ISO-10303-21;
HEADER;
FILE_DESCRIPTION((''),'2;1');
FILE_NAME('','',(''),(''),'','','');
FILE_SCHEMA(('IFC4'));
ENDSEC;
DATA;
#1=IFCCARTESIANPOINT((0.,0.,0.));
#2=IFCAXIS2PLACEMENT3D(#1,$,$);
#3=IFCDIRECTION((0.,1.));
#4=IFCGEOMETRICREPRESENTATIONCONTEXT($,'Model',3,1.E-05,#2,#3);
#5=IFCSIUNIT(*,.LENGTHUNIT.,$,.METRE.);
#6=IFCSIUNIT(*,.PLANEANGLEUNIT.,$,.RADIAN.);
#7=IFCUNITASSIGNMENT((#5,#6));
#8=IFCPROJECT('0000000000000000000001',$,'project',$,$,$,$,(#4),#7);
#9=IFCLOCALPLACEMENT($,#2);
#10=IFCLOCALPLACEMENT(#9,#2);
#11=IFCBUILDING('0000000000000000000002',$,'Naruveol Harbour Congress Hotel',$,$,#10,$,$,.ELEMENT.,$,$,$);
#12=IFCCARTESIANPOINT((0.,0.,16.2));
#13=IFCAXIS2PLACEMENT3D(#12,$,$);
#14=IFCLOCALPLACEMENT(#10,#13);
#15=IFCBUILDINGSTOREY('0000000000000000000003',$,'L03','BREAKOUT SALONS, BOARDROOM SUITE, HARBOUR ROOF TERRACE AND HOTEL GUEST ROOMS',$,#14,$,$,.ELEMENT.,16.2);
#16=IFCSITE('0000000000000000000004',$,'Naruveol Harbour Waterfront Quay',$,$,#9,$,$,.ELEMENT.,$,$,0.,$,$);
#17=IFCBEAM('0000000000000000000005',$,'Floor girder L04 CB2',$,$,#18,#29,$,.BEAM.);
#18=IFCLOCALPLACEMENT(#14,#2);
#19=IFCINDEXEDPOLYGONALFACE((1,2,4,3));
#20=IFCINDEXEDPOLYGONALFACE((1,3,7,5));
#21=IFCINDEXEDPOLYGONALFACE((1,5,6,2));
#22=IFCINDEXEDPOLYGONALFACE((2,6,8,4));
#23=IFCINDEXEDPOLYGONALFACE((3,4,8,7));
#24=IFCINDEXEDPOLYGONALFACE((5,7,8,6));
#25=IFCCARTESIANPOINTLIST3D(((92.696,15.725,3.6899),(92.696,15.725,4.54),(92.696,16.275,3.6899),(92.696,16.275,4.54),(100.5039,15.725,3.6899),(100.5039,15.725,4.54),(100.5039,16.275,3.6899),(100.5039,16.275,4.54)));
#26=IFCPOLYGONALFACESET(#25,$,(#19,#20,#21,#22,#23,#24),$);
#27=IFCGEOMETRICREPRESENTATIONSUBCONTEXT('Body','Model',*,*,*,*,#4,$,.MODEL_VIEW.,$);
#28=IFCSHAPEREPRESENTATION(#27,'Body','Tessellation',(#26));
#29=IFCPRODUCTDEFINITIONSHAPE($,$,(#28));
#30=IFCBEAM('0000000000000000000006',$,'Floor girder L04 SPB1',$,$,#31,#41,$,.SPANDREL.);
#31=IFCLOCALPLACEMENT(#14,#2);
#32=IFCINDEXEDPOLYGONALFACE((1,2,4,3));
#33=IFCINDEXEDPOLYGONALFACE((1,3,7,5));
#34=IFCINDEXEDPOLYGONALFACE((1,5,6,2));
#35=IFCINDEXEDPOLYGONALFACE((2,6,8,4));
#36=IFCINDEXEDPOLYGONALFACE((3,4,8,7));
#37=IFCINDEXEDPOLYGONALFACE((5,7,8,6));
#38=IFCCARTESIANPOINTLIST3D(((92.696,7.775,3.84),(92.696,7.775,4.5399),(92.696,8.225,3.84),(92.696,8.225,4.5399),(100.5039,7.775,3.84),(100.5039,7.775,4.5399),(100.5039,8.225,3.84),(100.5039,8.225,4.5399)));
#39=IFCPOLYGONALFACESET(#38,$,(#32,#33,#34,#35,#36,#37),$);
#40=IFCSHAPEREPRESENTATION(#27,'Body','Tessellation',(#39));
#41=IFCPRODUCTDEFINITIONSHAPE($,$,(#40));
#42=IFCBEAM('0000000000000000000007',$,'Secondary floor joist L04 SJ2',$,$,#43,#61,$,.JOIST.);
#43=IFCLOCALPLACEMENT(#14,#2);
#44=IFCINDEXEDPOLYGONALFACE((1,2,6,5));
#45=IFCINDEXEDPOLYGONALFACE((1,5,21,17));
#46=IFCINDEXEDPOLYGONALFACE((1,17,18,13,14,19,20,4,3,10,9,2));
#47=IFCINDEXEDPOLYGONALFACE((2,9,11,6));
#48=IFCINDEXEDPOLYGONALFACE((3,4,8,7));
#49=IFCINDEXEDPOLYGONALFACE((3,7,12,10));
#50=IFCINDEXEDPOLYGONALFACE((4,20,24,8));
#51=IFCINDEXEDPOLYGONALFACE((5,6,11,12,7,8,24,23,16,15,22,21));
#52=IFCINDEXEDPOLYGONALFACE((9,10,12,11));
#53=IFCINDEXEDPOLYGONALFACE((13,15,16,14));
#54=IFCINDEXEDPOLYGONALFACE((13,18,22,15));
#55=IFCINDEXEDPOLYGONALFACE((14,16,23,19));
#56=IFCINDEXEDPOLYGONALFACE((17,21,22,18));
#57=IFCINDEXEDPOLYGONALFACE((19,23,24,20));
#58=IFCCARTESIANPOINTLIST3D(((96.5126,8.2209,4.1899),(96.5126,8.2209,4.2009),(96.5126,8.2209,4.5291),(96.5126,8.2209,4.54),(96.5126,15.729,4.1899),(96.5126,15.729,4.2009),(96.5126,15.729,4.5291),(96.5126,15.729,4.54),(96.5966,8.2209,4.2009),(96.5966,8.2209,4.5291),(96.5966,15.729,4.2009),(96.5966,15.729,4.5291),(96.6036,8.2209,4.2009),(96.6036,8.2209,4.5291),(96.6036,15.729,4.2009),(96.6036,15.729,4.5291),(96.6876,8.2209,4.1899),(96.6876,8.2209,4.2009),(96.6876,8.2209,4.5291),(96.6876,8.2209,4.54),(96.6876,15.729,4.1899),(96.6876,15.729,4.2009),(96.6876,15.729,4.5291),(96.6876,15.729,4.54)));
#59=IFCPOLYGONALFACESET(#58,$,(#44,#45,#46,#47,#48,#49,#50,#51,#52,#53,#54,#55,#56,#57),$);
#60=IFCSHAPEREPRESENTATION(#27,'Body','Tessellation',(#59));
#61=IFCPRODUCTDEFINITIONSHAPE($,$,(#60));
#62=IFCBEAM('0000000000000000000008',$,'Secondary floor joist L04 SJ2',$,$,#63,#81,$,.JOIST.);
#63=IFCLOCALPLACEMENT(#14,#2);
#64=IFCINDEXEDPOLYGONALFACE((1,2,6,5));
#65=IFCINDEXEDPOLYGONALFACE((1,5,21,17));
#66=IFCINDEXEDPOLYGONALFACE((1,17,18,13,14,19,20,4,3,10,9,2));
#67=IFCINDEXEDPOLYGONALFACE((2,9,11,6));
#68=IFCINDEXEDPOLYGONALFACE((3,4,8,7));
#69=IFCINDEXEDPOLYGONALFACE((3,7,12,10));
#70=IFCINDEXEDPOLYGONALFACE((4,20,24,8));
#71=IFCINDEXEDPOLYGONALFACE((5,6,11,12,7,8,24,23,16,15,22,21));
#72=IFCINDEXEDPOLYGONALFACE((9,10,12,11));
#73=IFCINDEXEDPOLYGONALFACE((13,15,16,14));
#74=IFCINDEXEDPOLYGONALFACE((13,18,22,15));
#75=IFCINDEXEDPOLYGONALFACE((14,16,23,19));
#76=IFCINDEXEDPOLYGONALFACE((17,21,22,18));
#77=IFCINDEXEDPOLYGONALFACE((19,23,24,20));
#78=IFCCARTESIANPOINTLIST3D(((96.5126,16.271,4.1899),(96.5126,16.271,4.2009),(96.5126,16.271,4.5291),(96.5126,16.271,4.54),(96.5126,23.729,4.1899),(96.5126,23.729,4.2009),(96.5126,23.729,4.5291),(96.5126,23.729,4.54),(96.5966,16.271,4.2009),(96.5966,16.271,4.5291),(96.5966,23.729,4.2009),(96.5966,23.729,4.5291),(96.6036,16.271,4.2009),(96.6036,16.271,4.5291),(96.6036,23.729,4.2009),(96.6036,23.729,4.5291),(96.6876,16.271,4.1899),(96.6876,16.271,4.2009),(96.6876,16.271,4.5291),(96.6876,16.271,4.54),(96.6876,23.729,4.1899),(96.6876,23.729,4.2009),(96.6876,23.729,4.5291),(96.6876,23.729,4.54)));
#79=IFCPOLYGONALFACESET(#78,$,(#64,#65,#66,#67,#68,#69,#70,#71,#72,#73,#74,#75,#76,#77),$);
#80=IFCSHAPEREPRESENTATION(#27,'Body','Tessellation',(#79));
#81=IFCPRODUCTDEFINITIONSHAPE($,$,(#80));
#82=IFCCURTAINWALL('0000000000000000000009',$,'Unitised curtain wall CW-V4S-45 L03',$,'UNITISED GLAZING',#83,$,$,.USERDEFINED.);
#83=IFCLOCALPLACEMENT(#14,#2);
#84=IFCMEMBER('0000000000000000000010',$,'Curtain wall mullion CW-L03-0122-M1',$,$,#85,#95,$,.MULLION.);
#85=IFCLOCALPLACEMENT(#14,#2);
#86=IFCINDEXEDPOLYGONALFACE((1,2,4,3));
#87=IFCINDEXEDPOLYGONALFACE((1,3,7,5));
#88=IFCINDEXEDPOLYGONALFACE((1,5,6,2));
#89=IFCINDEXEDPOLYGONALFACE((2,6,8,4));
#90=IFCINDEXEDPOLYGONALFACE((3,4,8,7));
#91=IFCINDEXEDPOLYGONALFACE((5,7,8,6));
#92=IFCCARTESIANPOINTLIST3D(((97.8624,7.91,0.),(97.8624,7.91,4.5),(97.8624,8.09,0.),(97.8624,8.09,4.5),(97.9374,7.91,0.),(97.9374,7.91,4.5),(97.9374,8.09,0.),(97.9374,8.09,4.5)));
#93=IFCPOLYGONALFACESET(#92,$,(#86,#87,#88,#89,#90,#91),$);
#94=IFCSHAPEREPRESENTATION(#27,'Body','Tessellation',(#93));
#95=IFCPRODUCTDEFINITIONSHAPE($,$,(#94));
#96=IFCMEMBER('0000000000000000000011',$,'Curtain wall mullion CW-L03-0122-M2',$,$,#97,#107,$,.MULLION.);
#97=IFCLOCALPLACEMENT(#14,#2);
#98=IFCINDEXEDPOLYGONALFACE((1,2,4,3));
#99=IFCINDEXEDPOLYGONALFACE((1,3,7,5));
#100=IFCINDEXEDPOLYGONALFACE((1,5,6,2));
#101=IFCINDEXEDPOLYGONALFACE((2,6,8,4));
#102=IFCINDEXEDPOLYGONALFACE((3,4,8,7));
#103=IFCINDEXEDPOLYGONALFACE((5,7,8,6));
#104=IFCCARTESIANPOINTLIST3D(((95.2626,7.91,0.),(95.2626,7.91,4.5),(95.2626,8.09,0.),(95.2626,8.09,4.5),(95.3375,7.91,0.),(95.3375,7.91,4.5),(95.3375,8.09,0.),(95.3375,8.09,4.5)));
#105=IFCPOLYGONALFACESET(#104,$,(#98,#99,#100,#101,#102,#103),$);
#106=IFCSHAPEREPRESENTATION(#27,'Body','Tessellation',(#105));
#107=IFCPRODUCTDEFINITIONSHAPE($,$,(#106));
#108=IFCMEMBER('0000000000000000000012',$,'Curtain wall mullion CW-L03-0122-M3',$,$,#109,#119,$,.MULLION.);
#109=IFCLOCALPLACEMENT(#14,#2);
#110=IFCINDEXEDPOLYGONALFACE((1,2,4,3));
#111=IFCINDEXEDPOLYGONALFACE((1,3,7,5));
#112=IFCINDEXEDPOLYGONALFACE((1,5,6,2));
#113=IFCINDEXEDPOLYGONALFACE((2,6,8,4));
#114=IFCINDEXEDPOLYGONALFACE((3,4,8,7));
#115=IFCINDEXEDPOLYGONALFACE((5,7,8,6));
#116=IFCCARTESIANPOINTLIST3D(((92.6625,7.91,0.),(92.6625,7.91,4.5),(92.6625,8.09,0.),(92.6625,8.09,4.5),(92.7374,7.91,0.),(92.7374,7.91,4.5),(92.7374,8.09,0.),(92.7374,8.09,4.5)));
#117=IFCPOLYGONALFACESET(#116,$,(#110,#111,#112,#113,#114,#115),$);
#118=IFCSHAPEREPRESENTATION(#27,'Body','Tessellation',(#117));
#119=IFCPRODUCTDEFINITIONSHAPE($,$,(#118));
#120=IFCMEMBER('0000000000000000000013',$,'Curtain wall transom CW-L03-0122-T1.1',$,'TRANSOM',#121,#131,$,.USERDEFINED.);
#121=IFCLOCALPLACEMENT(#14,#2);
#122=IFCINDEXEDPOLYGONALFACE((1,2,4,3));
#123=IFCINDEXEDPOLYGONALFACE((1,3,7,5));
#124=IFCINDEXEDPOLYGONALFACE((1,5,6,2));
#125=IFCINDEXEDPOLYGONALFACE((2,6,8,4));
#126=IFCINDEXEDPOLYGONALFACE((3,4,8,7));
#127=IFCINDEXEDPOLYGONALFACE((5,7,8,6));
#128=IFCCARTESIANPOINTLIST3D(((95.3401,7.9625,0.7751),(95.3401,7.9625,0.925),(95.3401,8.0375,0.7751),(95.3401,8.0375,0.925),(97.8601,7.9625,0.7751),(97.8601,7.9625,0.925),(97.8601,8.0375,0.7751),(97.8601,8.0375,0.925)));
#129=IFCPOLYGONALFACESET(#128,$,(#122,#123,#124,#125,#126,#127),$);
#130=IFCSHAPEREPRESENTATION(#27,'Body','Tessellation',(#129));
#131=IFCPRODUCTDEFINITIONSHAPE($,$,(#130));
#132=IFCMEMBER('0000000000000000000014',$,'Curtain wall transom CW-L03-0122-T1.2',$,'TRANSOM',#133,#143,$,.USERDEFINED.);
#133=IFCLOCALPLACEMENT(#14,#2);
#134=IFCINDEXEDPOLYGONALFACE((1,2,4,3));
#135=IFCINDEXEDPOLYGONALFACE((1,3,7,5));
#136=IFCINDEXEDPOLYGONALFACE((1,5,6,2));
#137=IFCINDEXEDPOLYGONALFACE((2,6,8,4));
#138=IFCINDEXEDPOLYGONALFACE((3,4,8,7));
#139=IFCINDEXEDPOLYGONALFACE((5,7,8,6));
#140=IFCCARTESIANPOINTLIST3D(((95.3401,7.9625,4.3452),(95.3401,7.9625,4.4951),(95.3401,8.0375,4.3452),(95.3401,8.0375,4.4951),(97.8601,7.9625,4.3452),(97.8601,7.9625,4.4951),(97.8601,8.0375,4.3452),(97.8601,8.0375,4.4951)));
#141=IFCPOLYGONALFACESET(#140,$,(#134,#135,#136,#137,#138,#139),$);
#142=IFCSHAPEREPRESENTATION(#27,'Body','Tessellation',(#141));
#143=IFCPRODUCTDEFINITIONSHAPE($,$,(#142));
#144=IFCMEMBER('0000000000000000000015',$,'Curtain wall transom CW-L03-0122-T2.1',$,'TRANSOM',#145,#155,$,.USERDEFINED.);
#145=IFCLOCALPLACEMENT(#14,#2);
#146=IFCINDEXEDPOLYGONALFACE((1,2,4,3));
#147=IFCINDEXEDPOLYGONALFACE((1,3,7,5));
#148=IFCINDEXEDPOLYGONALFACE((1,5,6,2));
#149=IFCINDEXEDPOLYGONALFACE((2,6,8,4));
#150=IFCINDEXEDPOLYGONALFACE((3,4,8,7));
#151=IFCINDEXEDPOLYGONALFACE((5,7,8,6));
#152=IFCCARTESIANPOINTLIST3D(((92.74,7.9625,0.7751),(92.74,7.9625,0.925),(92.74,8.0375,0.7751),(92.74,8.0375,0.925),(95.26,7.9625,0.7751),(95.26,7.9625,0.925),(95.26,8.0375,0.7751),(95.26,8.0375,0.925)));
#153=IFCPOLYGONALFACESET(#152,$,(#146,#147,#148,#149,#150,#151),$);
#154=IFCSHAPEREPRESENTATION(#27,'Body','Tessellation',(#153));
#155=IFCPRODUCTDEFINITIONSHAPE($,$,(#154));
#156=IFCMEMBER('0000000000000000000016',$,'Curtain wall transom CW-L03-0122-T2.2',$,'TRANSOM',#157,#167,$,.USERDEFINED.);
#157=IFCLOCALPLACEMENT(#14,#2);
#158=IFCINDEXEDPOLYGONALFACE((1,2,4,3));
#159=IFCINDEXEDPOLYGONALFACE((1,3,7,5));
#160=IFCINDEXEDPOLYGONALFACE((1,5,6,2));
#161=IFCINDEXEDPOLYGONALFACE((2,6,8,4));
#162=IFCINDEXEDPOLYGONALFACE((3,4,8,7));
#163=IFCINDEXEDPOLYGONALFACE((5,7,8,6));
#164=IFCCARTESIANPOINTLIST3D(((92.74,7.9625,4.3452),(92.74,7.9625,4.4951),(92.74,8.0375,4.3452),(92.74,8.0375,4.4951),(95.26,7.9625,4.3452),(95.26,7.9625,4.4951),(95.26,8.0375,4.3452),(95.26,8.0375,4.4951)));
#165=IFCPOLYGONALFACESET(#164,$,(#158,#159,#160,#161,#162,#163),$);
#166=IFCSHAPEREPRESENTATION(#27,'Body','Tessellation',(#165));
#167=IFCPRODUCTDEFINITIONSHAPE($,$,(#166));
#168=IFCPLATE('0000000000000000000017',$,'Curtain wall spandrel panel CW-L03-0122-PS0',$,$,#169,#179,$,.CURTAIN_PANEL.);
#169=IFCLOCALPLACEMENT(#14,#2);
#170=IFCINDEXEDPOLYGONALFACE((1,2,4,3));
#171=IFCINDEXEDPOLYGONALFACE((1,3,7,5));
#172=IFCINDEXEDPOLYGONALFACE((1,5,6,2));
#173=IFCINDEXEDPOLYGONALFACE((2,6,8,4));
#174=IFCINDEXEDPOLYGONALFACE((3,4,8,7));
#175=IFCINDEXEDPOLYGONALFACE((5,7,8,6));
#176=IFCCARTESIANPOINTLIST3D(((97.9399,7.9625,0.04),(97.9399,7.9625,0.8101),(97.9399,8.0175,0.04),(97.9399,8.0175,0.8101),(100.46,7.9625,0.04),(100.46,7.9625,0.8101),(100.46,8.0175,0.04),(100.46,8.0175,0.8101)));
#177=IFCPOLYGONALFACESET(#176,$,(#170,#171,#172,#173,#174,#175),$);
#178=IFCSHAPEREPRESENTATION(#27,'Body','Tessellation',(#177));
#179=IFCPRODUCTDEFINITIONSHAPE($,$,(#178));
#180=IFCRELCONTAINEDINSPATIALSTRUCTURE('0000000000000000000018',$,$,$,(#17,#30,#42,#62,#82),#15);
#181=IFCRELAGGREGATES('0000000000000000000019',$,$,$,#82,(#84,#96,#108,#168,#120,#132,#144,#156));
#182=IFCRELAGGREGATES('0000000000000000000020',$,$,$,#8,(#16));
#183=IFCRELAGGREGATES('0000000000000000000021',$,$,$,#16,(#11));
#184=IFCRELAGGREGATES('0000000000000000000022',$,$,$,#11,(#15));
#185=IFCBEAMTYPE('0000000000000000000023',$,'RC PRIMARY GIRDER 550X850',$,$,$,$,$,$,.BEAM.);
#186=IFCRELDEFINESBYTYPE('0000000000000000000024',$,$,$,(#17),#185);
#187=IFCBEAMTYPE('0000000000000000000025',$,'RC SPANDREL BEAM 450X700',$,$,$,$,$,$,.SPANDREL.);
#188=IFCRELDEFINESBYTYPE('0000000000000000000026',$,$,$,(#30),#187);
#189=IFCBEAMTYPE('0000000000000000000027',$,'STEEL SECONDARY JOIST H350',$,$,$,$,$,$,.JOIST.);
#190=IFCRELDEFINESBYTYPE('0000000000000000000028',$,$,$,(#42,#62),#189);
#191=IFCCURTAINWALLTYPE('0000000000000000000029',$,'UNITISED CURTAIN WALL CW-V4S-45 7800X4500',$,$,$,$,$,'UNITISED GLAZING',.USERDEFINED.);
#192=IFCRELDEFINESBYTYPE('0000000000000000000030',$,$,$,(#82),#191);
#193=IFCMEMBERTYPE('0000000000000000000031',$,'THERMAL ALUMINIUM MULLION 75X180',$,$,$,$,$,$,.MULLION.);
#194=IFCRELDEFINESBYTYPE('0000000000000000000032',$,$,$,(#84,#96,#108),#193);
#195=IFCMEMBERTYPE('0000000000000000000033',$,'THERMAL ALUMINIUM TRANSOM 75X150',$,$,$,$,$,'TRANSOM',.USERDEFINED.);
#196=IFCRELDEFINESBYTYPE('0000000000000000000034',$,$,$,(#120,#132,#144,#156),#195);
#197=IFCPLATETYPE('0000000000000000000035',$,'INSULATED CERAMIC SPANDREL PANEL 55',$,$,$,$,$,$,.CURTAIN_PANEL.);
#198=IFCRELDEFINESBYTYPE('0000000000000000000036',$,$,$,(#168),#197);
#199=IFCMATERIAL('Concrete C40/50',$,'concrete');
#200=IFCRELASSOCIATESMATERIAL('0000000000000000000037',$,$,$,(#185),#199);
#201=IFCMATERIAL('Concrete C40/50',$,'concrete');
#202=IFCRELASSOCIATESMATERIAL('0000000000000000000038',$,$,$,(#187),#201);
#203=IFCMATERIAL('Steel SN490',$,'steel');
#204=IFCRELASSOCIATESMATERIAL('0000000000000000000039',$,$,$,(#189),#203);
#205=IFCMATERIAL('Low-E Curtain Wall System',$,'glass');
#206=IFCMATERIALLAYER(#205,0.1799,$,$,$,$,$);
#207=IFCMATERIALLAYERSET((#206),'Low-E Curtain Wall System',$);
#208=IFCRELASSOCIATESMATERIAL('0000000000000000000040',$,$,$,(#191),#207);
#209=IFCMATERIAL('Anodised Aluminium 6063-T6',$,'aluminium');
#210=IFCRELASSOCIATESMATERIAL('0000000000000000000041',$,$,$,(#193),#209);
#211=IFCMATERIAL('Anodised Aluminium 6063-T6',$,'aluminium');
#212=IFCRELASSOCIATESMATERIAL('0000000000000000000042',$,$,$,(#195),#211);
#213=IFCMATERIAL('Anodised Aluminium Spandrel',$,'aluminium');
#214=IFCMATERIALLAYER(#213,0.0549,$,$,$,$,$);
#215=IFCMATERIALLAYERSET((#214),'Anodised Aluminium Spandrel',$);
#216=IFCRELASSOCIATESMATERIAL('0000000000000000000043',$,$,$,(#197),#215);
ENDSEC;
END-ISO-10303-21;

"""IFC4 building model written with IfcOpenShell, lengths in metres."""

from ifc_helpers import new_model, si_unit, direction, frame, origin, origin_2d, place, context, subcontext, project, spatial, rectangle, i_section, extrude, material, layer, layer_set, material_profile, profile_set, type_object, element, aggregate, save


model = new_model("IFC4")

# Units and contexts
model_context = context("Model", 3, precision=1e-05, world=origin(), true_north=direction((0.0, 1.0)))
body_context = subcontext(model_context, "Body", "Model", "MODEL_VIEW")
ifc_project = project(units=[si_unit("LENGTHUNIT", "METRE"), si_unit("PLANEANGLEUNIT", "RADIAN")], contexts=[model_context])

# Site, building, storey
site_placement = place(None, origin())
site = spatial("IfcSite", under=ifc_project, at=site_placement, Name="Naruveol Harbour Waterfront Quay", CompositionType="ELEMENT", RefElevation=0.0)
building_placement = place(site_placement, origin())
building = spatial("IfcBuilding", under=site, at=building_placement, Name="Naruveol Harbour Congress Hotel", CompositionType="ELEMENT")
storey_placement = place(building_placement, frame((0.0, 0.0, 16.2)))
storey = spatial("IfcBuildingStorey", under=building, at=storey_placement, Name="L03", Description="BREAKOUT SALONS, BOARDROOM SUITE, HARBOUR ROOF TERRACE AND HOTEL GUEST ROOMS", CompositionType="ELEMENT", Elevation=16.2)

# Beams
ifc_material_1 = material(Name="Concrete C40/50", Category="concrete")
ifc_material_profile_1 = material_profile(ifc_material_1, rectangle(XDim=0.55, YDim=0.8501, at=origin_2d()), Name="RCB-550x850")
ifc_profile_set_1 = profile_set([ifc_material_profile_1], Name="Concrete C40/50")
beam_type_1 = type_object("IfcBeamType", Name="RC PRIMARY GIRDER 550X850", PredefinedType="BEAM", material=ifc_profile_set_1)
beam_1_placement = place(storey_placement, frame((92.696, 16.0, 4.115), z_axis=(1.0, 0.0, 0.0), x_axis=(0.0, 1.0, 0.0)))
element("IfcBeam", 1, at=beam_1_placement, inside=storey, type_object=beam_type_1, Name="Floor girder L04 CB2", PredefinedType="BEAM", context=body_context, shape_type="SweptSolid", body=[
    extrude(rectangle(XDim=0.55, YDim=0.8501, at=origin_2d()), origin(), (0.0, 0.0, 1.0), 7.8079),
])
ifc_material_2 = material(Name="Concrete C40/50", Category="concrete")
ifc_material_profile_2 = material_profile(ifc_material_2, rectangle(XDim=0.45, YDim=0.7, at=origin_2d()), Name="RCB-450x700")
ifc_profile_set_2 = profile_set([ifc_material_profile_2], Name="Concrete C40/50")
beam_type_2 = type_object("IfcBeamType", Name="RC SPANDREL BEAM 450X700", PredefinedType="SPANDREL", material=ifc_profile_set_2)
beam_2_placement = place(storey_placement, frame((92.696, 8.0, 4.1899), z_axis=(1.0, 0.0, 0.0), x_axis=(0.0, 1.0, 0.0)))
element("IfcBeam", 2, at=beam_2_placement, inside=storey, type_object=beam_type_2, Name="Floor girder L04 SPB1", PredefinedType="SPANDREL", context=body_context, shape_type="SweptSolid", body=[
    extrude(rectangle(XDim=0.45, YDim=0.7, at=origin_2d()), origin(), (0.0, 0.0, 1.0), 7.8079),
])
ifc_material_3 = material(Name="Steel SN490", Category="steel")
ifc_material_profile_3 = material_profile(ifc_material_3, i_section(OverallWidth=0.175, OverallDepth=0.3501, WebThickness=0.0071, FlangeThickness=0.011, at=origin_2d()), Name="H-350x175x7x11")
ifc_profile_set_3 = profile_set([ifc_material_profile_3], Name="Steel SN490")
beam_type_3 = type_object("IfcBeamType", Name="STEEL SECONDARY JOIST H350", PredefinedType="JOIST", material=ifc_profile_set_3)
beam_3_placement = place(storey_placement, frame((96.6001, 8.2209, 4.365), z_axis=(0.0, 1.0, 0.0), x_axis=(-1.0, 0.0, 0.0)))
element("IfcBeam", 3, at=beam_3_placement, inside=storey, type_object=beam_type_3, Name="Secondary floor joist L04 SJ2", PredefinedType="JOIST", context=body_context, shape_type="SweptSolid", body=[
    extrude(i_section(OverallWidth=0.175, OverallDepth=0.3501, WebThickness=0.0071, FlangeThickness=0.011, at=origin_2d()), origin(), (0.0, 0.0, 1.0), 7.5081),
])
beam_4_placement = place(storey_placement, frame((96.6001, 16.271, 4.365), z_axis=(0.0, 1.0, 0.0), x_axis=(-1.0, 0.0, 0.0)))
element("IfcBeam", 4, at=beam_4_placement, inside=storey, type_object=beam_type_3, Name="Secondary floor joist L04 SJ2", PredefinedType="JOIST", context=body_context, shape_type="SweptSolid", body=[
    extrude(i_section(OverallWidth=0.175, OverallDepth=0.3501, WebThickness=0.0071, FlangeThickness=0.011, at=origin_2d()), origin(), (0.0, 0.0, 1.0), 7.458),
])

# Curtain wall, members, plate
ifc_material_4 = material(Name="Low-E Curtain Wall System", Category="glass")
ifc_layer_1 = layer(ifc_material_4, 0.1799)
ifc_layer_set_1 = layer_set([ifc_layer_1], Name="Low-E Curtain Wall System")
curtain_wall_type = type_object("IfcCurtainWallType", Name="UNITISED CURTAIN WALL CW-V4S-45 7800X4500", ElementType="UNITISED GLAZING", PredefinedType="USERDEFINED", material=ifc_layer_set_1)
curtain_wall_placement = place(storey_placement, origin())
curtain_wall = element("IfcCurtainWall", 5, at=curtain_wall_placement, inside=storey, type_object=curtain_wall_type, Name="Unitised curtain wall CW-V4S-45 L03", ObjectType="UNITISED GLAZING", PredefinedType="USERDEFINED")
ifc_material_5 = material(Name="Anodised Aluminium 6063-T6", Category="aluminium")
ifc_material_profile_4 = material_profile(ifc_material_5, rectangle(XDim=0.075, YDim=0.1799, at=origin_2d()), Name="ALU-75x180")
ifc_profile_set_4 = profile_set([ifc_material_profile_4], Name="Anodised Aluminium 6063-T6")
member_type_1 = type_object("IfcMemberType", Name="THERMAL ALUMINIUM MULLION 75X180", PredefinedType="MULLION", material=ifc_profile_set_4)
member_1_placement = place(storey_placement, frame((97.8999, 8.0, 0.0), z_axis=(0.0, 0.0, 1.0), x_axis=(1.0, 0.0, 0.0)))
member_1 = element("IfcMember", 6, at=member_1_placement, type_object=member_type_1, Name="Curtain wall mullion CW-L03-0122-M1", PredefinedType="MULLION", context=body_context, shape_type="SweptSolid", body=[
    extrude(rectangle(XDim=0.075, YDim=0.1799, at=origin_2d()), origin(), (0.0, 0.0, 1.0), 4.5),
])
member_2_placement = place(storey_placement, frame((95.3, 8.0, 0.0), z_axis=(0.0, 0.0, 1.0), x_axis=(1.0, 0.0, 0.0)))
member_2 = element("IfcMember", 7, at=member_2_placement, type_object=member_type_1, Name="Curtain wall mullion CW-L03-0122-M2", PredefinedType="MULLION", context=body_context, shape_type="SweptSolid", body=[
    extrude(rectangle(XDim=0.075, YDim=0.1799, at=origin_2d()), origin(), (0.0, 0.0, 1.0), 4.5),
])
member_3_placement = place(storey_placement, frame((92.7, 8.0, 0.0), z_axis=(0.0, 0.0, 1.0), x_axis=(1.0, 0.0, 0.0)))
member_3 = element("IfcMember", 8, at=member_3_placement, type_object=member_type_1, Name="Curtain wall mullion CW-L03-0122-M3", PredefinedType="MULLION", context=body_context, shape_type="SweptSolid", body=[
    extrude(rectangle(XDim=0.075, YDim=0.1799, at=origin_2d()), origin(), (0.0, 0.0, 1.0), 4.5),
])
ifc_material_6 = material(Name="Anodised Aluminium 6063-T6", Category="aluminium")
ifc_material_profile_5 = material_profile(ifc_material_6, rectangle(XDim=0.075, YDim=0.1499, at=origin_2d()), Name="ALU-75x150")
ifc_profile_set_5 = profile_set([ifc_material_profile_5], Name="Anodised Aluminium 6063-T6")
member_type_2 = type_object("IfcMemberType", Name="THERMAL ALUMINIUM TRANSOM 75X150", ElementType="TRANSOM", PredefinedType="USERDEFINED", material=ifc_profile_set_5)
member_4_placement = place(storey_placement, frame((97.8601, 8.0, 0.8501), z_axis=(-1.0, 0.0, 0.0), x_axis=(0.0, -1.0, 0.0)))
member_4 = element("IfcMember", 9, at=member_4_placement, type_object=member_type_2, Name="Curtain wall transom CW-L03-0122-T1.1", ObjectType="TRANSOM", PredefinedType="USERDEFINED", context=body_context, shape_type="SweptSolid", body=[
    extrude(rectangle(XDim=0.075, YDim=0.1499, at=origin_2d()), origin(), (0.0, 0.0, 1.0), 2.52),
])
member_5_placement = place(storey_placement, frame((97.8601, 8.0, 4.4202), z_axis=(-1.0, 0.0, 0.0), x_axis=(0.0, -1.0, 0.0)))
member_5 = element("IfcMember", 10, at=member_5_placement, type_object=member_type_2, Name="Curtain wall transom CW-L03-0122-T1.2", ObjectType="TRANSOM", PredefinedType="USERDEFINED", context=body_context, shape_type="SweptSolid", body=[
    extrude(rectangle(XDim=0.075, YDim=0.1499, at=origin_2d()), origin(), (0.0, 0.0, 1.0), 2.52),
])
member_6_placement = place(storey_placement, frame((95.26, 8.0, 0.8501), z_axis=(-1.0, 0.0, 0.0), x_axis=(0.0, -1.0, 0.0)))
member_6 = element("IfcMember", 11, at=member_6_placement, type_object=member_type_2, Name="Curtain wall transom CW-L03-0122-T2.1", ObjectType="TRANSOM", PredefinedType="USERDEFINED", context=body_context, shape_type="SweptSolid", body=[
    extrude(rectangle(XDim=0.075, YDim=0.1499, at=origin_2d()), origin(), (0.0, 0.0, 1.0), 2.52),
])
member_7_placement = place(storey_placement, frame((95.26, 8.0, 4.4202), z_axis=(-1.0, 0.0, 0.0), x_axis=(0.0, -1.0, 0.0)))
member_7 = element("IfcMember", 12, at=member_7_placement, type_object=member_type_2, Name="Curtain wall transom CW-L03-0122-T2.2", ObjectType="TRANSOM", PredefinedType="USERDEFINED", context=body_context, shape_type="SweptSolid", body=[
    extrude(rectangle(XDim=0.075, YDim=0.1499, at=origin_2d()), origin(), (0.0, 0.0, 1.0), 2.52),
])
ifc_material_7 = material(Name="Anodised Aluminium Spandrel", Category="aluminium")
ifc_layer_2 = layer(ifc_material_7, 0.0549)
ifc_layer_set_2 = layer_set([ifc_layer_2], Name="Anodised Aluminium Spandrel")
plate_type_1 = type_object("IfcPlateType", Name="INSULATED CERAMIC SPANDREL PANEL 55", PredefinedType="CURTAIN_PANEL", material=ifc_layer_set_2)
plate_1_placement = place(storey_placement, frame((99.2, 7.99, 0.04), z_axis=(0.0, 0.0, 1.0), x_axis=(-1.0, 0.0, 0.0)))
plate_1 = element("IfcPlate", 13, at=plate_1_placement, type_object=plate_type_1, Name="Curtain wall spandrel panel CW-L03-0122-PS0", PredefinedType="CURTAIN_PANEL", context=body_context, shape_type="SweptSolid", body=[
    extrude(rectangle(XDim=2.52, YDim=0.0549, at=origin_2d()), origin(), (0.0, 0.0, 1.0), 0.77),
])
aggregate(curtain_wall, [member_1, member_2, member_3, plate_1, member_4, member_5, member_6, member_7])

save(model, "model.ifc")
